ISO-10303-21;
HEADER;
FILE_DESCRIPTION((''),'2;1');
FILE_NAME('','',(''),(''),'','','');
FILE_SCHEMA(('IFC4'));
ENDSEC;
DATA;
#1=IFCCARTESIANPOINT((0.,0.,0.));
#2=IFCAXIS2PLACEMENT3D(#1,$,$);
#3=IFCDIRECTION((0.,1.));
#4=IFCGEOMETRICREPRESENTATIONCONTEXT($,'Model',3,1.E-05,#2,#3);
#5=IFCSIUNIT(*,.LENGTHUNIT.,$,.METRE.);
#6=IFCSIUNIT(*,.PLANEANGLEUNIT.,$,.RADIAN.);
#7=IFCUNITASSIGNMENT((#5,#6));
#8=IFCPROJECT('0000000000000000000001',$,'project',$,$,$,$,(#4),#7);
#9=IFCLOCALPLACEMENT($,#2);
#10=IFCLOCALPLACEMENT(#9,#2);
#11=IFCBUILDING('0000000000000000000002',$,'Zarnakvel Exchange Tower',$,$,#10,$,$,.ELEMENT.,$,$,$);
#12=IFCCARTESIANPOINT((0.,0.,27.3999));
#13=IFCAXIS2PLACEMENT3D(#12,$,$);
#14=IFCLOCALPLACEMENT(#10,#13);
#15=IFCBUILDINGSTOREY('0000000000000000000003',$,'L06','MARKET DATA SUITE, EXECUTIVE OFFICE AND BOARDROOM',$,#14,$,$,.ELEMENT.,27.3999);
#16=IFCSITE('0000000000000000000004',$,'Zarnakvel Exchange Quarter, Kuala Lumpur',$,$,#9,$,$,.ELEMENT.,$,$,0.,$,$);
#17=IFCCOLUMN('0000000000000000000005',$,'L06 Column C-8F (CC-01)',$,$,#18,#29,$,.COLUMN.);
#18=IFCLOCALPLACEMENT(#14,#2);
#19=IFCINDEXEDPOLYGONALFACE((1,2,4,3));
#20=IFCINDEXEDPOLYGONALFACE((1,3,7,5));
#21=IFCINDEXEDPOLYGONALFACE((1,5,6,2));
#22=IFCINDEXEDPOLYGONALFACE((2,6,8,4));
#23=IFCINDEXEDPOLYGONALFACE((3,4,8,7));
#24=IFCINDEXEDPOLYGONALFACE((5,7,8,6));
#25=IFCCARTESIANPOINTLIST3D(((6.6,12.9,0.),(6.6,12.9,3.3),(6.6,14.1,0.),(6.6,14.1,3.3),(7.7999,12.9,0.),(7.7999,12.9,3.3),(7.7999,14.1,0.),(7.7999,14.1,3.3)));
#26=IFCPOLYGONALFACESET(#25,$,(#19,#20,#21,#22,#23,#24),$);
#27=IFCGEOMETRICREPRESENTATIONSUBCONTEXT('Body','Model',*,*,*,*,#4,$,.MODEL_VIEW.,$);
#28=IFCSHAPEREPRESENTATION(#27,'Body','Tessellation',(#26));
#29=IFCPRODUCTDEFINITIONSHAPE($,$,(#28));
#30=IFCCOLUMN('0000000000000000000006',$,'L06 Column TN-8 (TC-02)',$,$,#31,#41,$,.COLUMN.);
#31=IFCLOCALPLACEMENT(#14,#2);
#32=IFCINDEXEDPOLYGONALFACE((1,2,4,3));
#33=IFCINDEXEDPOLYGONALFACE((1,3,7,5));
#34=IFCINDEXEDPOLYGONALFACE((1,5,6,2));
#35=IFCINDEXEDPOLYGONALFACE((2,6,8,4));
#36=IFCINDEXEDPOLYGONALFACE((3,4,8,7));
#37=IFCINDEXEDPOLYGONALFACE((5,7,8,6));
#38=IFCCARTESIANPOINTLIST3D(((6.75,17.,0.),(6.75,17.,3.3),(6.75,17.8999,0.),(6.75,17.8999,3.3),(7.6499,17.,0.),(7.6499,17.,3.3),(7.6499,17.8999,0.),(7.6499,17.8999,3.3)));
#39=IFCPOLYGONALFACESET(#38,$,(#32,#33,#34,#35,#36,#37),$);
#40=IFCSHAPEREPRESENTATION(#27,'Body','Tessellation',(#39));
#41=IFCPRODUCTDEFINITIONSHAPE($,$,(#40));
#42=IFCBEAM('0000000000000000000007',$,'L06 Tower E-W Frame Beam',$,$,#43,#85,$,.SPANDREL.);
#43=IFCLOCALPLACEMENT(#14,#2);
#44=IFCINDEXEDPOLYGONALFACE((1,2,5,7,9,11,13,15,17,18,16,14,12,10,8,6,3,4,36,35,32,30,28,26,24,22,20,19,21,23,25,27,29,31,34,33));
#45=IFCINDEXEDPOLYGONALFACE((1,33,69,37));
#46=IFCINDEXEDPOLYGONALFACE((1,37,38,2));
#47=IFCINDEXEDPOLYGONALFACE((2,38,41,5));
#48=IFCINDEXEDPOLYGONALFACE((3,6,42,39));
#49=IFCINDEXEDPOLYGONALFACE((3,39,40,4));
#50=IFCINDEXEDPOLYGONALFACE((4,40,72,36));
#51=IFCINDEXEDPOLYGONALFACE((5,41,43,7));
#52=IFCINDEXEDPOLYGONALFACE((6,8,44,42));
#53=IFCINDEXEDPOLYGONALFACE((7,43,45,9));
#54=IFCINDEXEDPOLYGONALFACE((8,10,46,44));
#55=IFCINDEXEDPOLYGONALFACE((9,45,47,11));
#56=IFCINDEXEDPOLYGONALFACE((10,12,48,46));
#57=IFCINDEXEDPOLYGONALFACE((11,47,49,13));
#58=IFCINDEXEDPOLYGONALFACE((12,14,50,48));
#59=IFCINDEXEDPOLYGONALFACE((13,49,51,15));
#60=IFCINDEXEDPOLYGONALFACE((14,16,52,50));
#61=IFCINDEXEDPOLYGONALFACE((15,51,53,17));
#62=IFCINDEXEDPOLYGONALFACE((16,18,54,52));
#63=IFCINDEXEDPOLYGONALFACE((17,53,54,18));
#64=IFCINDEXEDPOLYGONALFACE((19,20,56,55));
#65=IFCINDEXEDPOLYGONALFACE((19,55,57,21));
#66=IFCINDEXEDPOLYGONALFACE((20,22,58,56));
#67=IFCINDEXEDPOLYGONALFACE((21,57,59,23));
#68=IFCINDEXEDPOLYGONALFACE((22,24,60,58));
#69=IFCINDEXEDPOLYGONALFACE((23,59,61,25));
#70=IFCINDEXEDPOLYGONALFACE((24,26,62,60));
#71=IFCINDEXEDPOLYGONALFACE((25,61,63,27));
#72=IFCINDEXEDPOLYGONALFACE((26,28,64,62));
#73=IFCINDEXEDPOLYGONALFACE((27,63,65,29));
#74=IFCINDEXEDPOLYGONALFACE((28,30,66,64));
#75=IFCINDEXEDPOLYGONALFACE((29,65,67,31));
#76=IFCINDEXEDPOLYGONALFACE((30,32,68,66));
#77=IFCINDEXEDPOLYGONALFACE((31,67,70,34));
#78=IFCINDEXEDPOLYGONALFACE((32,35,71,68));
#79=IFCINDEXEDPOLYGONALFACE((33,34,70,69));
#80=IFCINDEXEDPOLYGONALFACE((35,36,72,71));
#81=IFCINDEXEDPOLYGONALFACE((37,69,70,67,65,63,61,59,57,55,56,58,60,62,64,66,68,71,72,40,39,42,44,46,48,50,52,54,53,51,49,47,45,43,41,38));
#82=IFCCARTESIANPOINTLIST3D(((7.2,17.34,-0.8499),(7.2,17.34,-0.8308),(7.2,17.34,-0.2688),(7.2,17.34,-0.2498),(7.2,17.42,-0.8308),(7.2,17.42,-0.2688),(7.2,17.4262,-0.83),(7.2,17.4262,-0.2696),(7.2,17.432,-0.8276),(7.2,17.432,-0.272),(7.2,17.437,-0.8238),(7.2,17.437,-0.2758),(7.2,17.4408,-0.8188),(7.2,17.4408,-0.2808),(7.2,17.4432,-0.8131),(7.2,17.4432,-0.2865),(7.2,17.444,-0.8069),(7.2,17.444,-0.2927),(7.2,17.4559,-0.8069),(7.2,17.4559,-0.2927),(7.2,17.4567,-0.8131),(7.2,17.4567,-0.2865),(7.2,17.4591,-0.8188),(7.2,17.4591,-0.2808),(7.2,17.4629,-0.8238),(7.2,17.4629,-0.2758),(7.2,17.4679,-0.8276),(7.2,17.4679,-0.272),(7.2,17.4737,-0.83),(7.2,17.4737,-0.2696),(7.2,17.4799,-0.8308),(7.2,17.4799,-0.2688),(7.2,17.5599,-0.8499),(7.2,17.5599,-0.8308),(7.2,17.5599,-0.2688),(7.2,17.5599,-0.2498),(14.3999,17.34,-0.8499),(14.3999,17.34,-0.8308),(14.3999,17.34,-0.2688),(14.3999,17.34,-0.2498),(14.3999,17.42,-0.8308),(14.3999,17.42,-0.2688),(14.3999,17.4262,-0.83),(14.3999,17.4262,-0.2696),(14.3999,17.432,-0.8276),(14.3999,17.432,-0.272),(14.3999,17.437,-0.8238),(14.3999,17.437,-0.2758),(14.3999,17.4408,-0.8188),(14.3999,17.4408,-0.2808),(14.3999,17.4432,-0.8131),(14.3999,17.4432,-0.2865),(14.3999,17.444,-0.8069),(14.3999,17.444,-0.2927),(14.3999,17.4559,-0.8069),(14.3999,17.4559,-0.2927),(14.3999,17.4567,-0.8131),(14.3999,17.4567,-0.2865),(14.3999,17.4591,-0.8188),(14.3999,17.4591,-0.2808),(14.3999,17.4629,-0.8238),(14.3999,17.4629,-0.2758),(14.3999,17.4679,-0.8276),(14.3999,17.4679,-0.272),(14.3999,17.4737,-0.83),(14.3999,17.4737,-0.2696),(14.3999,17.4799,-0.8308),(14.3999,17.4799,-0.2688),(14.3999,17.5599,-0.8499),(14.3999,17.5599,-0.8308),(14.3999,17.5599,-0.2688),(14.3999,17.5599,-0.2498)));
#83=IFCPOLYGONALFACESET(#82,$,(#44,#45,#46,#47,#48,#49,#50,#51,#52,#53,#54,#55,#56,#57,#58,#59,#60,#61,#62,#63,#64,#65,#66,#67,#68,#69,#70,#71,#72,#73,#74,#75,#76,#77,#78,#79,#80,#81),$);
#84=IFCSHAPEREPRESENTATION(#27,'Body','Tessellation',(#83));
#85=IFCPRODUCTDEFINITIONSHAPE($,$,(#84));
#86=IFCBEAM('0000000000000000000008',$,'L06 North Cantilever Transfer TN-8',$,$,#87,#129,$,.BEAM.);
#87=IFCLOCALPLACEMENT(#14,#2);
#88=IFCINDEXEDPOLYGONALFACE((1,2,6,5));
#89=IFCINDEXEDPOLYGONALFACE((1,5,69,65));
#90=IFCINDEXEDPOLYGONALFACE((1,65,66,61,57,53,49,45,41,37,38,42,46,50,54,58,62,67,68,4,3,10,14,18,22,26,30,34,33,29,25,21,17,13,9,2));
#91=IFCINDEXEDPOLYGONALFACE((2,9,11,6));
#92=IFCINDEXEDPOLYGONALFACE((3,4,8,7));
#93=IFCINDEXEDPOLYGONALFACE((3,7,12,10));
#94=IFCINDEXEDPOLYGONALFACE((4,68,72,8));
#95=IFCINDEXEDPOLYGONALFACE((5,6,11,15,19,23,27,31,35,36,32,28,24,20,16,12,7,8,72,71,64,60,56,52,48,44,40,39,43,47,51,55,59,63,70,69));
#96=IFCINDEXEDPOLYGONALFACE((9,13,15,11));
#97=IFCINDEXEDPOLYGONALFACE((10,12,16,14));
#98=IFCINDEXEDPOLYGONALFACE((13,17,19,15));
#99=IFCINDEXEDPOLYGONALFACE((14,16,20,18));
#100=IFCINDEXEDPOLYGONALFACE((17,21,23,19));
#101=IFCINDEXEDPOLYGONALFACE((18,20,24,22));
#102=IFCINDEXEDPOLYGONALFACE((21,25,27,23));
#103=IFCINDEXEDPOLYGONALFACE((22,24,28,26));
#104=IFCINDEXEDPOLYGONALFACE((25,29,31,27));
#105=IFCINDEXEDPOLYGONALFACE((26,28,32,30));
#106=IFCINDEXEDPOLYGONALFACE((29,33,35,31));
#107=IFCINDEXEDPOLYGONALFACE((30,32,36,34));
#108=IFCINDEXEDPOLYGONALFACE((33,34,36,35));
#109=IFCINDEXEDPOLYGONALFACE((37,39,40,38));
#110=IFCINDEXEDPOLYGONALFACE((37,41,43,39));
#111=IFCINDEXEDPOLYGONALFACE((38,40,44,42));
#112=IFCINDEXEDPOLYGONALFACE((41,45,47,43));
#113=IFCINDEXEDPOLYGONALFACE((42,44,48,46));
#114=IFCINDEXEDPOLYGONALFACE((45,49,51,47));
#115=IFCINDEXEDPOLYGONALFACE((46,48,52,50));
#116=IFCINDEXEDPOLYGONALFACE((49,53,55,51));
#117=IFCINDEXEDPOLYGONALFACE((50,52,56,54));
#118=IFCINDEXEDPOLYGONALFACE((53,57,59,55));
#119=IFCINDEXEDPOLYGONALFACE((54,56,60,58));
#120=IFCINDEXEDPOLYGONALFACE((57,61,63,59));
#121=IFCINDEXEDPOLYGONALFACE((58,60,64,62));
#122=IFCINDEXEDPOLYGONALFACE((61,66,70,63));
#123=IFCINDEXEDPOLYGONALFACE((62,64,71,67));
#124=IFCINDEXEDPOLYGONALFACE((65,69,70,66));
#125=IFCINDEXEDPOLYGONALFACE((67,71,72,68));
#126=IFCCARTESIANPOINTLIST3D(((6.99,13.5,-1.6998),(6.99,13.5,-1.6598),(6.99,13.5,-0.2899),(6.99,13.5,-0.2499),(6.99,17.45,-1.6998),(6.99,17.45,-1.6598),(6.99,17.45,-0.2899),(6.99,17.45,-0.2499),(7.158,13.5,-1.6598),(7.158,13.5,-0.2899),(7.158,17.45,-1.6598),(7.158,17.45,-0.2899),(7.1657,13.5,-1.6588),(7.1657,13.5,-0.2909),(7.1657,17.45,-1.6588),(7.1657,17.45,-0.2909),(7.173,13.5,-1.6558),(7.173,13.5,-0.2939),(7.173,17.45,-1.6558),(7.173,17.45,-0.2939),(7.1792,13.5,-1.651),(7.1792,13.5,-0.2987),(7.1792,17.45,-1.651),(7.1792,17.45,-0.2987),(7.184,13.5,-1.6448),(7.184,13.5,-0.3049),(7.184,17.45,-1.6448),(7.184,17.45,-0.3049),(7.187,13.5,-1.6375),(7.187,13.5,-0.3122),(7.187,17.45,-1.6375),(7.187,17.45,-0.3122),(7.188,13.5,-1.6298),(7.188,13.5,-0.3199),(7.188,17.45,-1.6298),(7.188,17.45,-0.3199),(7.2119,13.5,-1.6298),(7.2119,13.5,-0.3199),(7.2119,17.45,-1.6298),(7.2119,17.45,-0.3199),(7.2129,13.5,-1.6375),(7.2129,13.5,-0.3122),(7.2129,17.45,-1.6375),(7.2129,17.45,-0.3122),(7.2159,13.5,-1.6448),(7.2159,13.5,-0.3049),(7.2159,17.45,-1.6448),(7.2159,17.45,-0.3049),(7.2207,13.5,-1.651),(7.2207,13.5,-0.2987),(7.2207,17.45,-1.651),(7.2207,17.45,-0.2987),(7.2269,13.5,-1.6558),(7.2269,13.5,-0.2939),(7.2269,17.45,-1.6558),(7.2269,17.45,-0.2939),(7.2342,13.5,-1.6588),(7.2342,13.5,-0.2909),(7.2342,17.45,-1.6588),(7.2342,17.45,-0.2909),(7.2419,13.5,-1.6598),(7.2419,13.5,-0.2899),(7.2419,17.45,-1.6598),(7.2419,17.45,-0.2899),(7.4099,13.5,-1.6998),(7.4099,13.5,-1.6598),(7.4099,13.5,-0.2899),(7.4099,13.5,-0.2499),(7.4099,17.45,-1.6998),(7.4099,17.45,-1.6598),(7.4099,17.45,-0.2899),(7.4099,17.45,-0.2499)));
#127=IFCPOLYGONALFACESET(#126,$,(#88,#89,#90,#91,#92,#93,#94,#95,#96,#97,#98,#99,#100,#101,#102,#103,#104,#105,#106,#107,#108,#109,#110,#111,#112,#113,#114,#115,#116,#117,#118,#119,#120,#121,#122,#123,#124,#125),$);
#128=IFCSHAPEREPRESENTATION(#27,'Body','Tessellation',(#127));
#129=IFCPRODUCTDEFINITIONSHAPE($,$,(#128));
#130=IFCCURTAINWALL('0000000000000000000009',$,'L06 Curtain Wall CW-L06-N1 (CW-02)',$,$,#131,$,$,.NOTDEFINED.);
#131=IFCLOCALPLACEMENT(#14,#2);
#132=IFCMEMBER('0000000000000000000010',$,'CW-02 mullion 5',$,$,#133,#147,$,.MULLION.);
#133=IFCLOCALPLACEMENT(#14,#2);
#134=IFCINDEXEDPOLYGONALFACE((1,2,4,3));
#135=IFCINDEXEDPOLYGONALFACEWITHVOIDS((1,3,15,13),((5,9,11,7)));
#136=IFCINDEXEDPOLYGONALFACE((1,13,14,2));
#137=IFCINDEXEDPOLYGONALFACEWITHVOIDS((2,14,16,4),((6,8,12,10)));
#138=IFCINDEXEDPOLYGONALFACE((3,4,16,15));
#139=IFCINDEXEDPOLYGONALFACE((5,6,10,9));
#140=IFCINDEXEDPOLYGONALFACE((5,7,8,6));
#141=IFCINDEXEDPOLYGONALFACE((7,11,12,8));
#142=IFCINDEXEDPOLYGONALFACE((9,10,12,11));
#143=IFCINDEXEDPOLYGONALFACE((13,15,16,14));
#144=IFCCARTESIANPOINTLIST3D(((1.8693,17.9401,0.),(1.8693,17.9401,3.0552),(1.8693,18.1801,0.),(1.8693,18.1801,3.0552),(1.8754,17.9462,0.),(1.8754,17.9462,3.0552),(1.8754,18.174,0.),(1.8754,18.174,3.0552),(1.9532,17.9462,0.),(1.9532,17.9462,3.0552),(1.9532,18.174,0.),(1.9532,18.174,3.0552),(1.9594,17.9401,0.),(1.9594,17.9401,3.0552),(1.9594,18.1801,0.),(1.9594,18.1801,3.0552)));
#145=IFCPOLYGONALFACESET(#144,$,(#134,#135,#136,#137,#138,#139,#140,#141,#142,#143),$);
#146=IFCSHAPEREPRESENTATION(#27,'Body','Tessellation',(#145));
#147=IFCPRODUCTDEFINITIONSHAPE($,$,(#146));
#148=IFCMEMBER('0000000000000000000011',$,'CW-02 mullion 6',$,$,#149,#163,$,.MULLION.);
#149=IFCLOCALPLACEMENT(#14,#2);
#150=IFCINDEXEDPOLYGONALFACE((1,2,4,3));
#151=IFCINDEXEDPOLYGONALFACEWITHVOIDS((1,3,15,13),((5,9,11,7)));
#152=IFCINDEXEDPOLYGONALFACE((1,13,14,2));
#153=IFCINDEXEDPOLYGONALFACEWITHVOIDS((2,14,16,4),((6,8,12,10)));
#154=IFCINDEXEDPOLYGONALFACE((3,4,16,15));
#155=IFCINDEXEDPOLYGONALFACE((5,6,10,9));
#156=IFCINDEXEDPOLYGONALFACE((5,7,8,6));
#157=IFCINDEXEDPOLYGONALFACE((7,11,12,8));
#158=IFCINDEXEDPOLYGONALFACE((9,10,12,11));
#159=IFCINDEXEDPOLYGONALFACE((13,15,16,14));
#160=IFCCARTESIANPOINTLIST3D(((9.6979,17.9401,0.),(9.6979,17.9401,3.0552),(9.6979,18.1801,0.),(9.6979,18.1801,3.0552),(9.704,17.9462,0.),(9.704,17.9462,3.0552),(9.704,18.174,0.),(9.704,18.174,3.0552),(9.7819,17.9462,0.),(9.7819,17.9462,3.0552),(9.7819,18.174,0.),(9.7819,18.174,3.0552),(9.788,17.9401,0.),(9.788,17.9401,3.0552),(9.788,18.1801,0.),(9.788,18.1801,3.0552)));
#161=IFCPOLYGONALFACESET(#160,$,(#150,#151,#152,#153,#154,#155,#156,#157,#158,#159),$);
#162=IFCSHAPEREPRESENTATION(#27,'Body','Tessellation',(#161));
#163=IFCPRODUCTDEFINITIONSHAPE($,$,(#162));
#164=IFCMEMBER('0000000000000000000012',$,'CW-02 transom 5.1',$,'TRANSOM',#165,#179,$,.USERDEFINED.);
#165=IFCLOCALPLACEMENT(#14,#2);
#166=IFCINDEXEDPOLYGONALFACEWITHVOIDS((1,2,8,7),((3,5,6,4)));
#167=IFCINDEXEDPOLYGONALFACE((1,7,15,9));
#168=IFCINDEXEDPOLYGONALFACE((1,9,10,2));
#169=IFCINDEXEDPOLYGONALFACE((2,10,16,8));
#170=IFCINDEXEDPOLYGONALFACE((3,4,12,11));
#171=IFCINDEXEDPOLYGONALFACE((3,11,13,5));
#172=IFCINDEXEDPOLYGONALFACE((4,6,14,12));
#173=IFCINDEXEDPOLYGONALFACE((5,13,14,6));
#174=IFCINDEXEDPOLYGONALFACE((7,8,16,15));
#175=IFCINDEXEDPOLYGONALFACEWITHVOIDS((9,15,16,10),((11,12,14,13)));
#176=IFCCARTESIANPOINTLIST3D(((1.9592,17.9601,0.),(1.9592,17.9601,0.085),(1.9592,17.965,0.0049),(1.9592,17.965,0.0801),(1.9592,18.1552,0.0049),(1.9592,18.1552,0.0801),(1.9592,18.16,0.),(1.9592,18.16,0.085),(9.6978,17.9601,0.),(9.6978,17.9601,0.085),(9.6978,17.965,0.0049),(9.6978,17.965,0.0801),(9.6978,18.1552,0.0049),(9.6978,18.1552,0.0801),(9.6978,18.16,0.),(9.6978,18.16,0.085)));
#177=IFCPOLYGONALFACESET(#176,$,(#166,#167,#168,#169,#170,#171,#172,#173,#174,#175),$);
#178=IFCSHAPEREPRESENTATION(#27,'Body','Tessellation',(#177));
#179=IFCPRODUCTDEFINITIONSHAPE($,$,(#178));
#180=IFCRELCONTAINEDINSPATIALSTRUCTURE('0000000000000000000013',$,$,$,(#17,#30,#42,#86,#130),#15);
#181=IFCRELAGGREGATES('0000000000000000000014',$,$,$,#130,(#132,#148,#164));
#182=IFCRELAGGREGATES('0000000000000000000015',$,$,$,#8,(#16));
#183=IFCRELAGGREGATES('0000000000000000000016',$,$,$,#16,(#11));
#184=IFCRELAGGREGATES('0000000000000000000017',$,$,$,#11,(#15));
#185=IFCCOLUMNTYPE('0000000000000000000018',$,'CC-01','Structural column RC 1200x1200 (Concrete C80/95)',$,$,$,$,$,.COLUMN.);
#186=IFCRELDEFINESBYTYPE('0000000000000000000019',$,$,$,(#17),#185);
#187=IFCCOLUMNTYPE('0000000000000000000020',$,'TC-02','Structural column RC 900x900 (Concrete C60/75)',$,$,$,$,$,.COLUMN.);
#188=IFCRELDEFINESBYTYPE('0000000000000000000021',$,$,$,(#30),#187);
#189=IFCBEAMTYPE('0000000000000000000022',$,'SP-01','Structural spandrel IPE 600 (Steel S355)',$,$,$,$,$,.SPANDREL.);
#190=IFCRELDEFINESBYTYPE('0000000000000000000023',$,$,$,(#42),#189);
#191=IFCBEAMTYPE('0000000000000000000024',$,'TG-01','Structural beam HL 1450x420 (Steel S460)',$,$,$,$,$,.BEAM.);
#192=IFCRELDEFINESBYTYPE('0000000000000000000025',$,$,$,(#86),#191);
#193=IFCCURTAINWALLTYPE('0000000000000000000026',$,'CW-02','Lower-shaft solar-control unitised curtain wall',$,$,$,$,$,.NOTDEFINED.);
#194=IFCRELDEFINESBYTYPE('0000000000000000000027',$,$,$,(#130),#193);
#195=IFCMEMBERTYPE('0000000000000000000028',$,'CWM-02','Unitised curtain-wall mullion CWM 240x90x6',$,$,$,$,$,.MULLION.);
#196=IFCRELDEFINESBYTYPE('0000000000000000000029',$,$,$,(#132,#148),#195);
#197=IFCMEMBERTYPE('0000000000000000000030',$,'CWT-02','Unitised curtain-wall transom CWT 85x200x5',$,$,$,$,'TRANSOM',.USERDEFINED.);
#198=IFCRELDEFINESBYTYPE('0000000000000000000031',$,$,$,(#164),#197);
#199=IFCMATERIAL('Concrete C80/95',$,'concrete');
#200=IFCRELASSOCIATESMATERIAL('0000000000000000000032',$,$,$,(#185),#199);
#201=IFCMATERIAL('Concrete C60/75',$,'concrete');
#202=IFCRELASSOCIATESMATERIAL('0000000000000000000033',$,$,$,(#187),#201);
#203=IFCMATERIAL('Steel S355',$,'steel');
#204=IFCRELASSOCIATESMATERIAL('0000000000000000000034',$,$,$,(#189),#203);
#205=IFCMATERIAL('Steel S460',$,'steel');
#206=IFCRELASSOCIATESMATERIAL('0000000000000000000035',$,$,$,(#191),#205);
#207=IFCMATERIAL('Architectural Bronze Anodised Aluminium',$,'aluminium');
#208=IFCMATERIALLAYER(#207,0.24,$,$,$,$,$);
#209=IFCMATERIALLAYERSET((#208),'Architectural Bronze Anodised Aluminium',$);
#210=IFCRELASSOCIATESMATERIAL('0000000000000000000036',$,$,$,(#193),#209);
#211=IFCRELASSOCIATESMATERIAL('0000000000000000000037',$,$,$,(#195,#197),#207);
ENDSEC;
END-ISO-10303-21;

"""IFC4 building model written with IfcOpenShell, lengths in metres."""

from ifc_helpers import new_model, si_unit, direction, frame, origin, origin_2d, place, context, subcontext, project, spatial, rectangle, hollow_rectangle, i_section, extrude, source, transform, mapped, material, layer, layer_set, material_profile, profile_set, type_object, element, aggregate, save


model = new_model("IFC4")

# Units and contexts
model_context = context("Model", 3, precision=1e-05, world=origin(), true_north=direction((0.0, 1.0)))
body_context = subcontext(model_context, "Body", "Model", "MODEL_VIEW")
ifc_project = project(units=[si_unit("LENGTHUNIT", "METRE"), si_unit("PLANEANGLEUNIT", "RADIAN")], contexts=[model_context])

# Site, building, storey
site_placement = place(None, origin())
site = spatial("IfcSite", under=ifc_project, at=site_placement, Name="Zarnakvel Exchange Quarter, Kuala Lumpur", CompositionType="ELEMENT", RefElevation=0.0)
building_placement = place(site_placement, origin())
building = spatial("IfcBuilding", under=site, at=building_placement, Name="Zarnakvel Exchange Tower", CompositionType="ELEMENT")
storey_placement = place(building_placement, frame((0.0, 0.0, 27.3999)))
storey = spatial("IfcBuildingStorey", under=building, at=storey_placement, Name="L06", Description="MARKET DATA SUITE, EXECUTIVE OFFICE AND BOARDROOM", CompositionType="ELEMENT", Elevation=27.3999)

# Columns
ifc_material_1 = material(Name="Concrete C80/95", Category="concrete")
ifc_material_profile_1 = material_profile(ifc_material_1, rectangle(XDim=1.2, YDim=1.2, at=origin_2d()))
ifc_profile_set_1 = profile_set([ifc_material_profile_1], Name="Concrete C80/95")
column_type_1 = type_object("IfcColumnType", Name="CC-01", Description="Structural column RC 1200x1200 (Concrete C80/95)", PredefinedType="COLUMN", material=ifc_profile_set_1)
column_1_placement = place(storey_placement, frame((7.2, 13.5, 0.0), z_axis=(0.0, 0.0, 1.0), x_axis=(1.0, 0.0, 0.0)))
element("IfcColumn", 1, at=column_1_placement, inside=storey, type_object=column_type_1, Name="L06 Column C-8F (CC-01)", PredefinedType="COLUMN", context=body_context, shape_type="SweptSolid", body=[
    extrude(rectangle(XDim=1.2, YDim=1.2, at=origin_2d()), origin(), (0.0, 0.0, 1.0), 3.3),
])
ifc_material_2 = material(Name="Concrete C60/75", Category="concrete")
ifc_material_profile_2 = material_profile(ifc_material_2, rectangle(XDim=0.8999, YDim=0.8999, at=origin_2d()))
ifc_profile_set_2 = profile_set([ifc_material_profile_2], Name="Concrete C60/75")
column_type_2 = type_object("IfcColumnType", Name="TC-02", Description="Structural column RC 900x900 (Concrete C60/75)", PredefinedType="COLUMN", material=ifc_profile_set_2)
column_2_placement = place(storey_placement, frame((7.2, 17.45, 0.0), z_axis=(0.0, 0.0, 1.0), x_axis=(1.0, 0.0, 0.0)))
element("IfcColumn", 2, at=column_2_placement, inside=storey, type_object=column_type_2, Name="L06 Column TN-8 (TC-02)", PredefinedType="COLUMN", context=body_context, shape_type="SweptSolid", body=[
    extrude(rectangle(XDim=0.8999, YDim=0.8999, at=origin_2d()), origin(), (0.0, 0.0, 1.0), 3.3),
])

# Beams
ifc_material_3 = material(Name="Steel S355", Category="steel")
ifc_material_profile_3 = material_profile(ifc_material_3, i_section(OverallWidth=0.22, OverallDepth=0.6001, WebThickness=0.012, FlangeThickness=0.019, FilletRadius=0.0239, at=origin_2d()))
ifc_profile_set_3 = profile_set([ifc_material_profile_3], Name="Steel S355")
beam_type_1 = type_object("IfcBeamType", Name="SP-01", Description="Structural spandrel IPE 600 (Steel S355)", PredefinedType="SPANDREL", material=ifc_profile_set_3)
beam_1_placement = place(storey_placement, frame((7.2, 17.45, -0.5498), z_axis=(1.0, 0.0, 0.0), x_axis=(0.0, 1.0, 0.0)))
element("IfcBeam", 3, at=beam_1_placement, inside=storey, type_object=beam_type_1, Name="L06 Tower E-W Frame Beam", PredefinedType="SPANDREL", context=body_context, shape_type="SweptSolid", body=[
    extrude(i_section(OverallWidth=0.22, OverallDepth=0.6001, WebThickness=0.012, FlangeThickness=0.019, FilletRadius=0.0239, at=origin_2d()), origin(), (0.0, 0.0, 1.0), 7.2),
])
ifc_material_4 = material(Name="Steel S460", Category="steel")
ifc_material_profile_4 = material_profile(ifc_material_4, i_section(OverallWidth=0.4199, OverallDepth=1.45, WebThickness=0.0239, FlangeThickness=0.04, FilletRadius=0.03, at=origin_2d()))
ifc_profile_set_4 = profile_set([ifc_material_profile_4], Name="Steel S460")
beam_type_2 = type_object("IfcBeamType", Name="TG-01", Description="Structural beam HL 1450x420 (Steel S460)", PredefinedType="BEAM", material=ifc_profile_set_4)
beam_2_placement = place(storey_placement, frame((7.2, 13.5, -0.9749), z_axis=(0.0, 1.0, 0.0), x_axis=(-1.0, 0.0, 0.0)))
element("IfcBeam", 4, at=beam_2_placement, inside=storey, type_object=beam_type_2, Name="L06 North Cantilever Transfer TN-8", PredefinedType="BEAM", context=body_context, shape_type="SweptSolid", body=[
    extrude(i_section(OverallWidth=0.4199, OverallDepth=1.45, WebThickness=0.0239, FlangeThickness=0.04, FilletRadius=0.03, at=origin_2d()), origin(), (0.0, 0.0, 1.0), 3.95),
])

# Curtain wall, members
ifc_material_5 = material(Name="Architectural Bronze Anodised Aluminium", Category="aluminium")
ifc_layer_1 = layer(ifc_material_5, 0.24)
ifc_layer_set_1 = layer_set([ifc_layer_1], Name="Architectural Bronze Anodised Aluminium")
curtain_wall_type = type_object("IfcCurtainWallType", Name="CW-02", Description="Lower-shaft solar-control unitised curtain wall", PredefinedType="NOTDEFINED", material=ifc_layer_set_1)
curtain_wall_placement = place(storey_placement, origin())
curtain_wall = element("IfcCurtainWall", 5, at=curtain_wall_placement, inside=storey, type_object=curtain_wall_type, Name="L06 Curtain Wall CW-L06-N1 (CW-02)", PredefinedType="NOTDEFINED")
ifc_material_profile_5 = material_profile(ifc_material_5, hollow_rectangle(XDim=0.24, YDim=0.0901, WallThickness=0.0061, at=origin_2d()))
ifc_profile_set_5 = profile_set([ifc_material_profile_5], Name="Architectural Bronze Anodised Aluminium")
member_type_1 = type_object("IfcMemberType", Name="CWM-02", Description="Unitised curtain-wall mullion CWM 240x90x6", PredefinedType="MULLION", material=ifc_profile_set_5)
shared_shape_1 = source(origin(), body_context, "Body", "SweptSolid", [
    extrude(hollow_rectangle(XDim=0.24, YDim=0.0901, WallThickness=0.0061, at=origin_2d()), origin(), (0.0, 0.0, 1.0), 3.0552),
])
member_1_placement = place(storey_placement, frame((1.9143, 18.0601, 0.0), z_axis=(0.0, 0.0, 1.0), x_axis=(0.0, 1.0, 0.0)))
member_1 = element("IfcMember", 6, at=member_1_placement, type_object=member_type_1, Name="CW-02 mullion 5", PredefinedType="MULLION", context=body_context, shape_type="MappedRepresentation", body=[
    mapped(shared_shape_1, transform((0.0, 0.0, 0.0), x_axis=(1.0, 0.0, 0.0), y_axis=(0.0, 1.0, 0.0), z_axis=(0.0, 0.0, 1.0), scale=1.0)),
])
member_2_placement = place(storey_placement, frame((9.7429, 18.0601, 0.0), z_axis=(0.0, 0.0, 1.0), x_axis=(0.0, 1.0, 0.0)))
member_2 = element("IfcMember", 7, at=member_2_placement, type_object=member_type_1, Name="CW-02 mullion 6", PredefinedType="MULLION", context=body_context, shape_type="MappedRepresentation", body=[
    mapped(shared_shape_1, transform((0.0, 0.0, 0.0), x_axis=(1.0, 0.0, 0.0), y_axis=(0.0, 1.0, 0.0), z_axis=(0.0, 0.0, 1.0), scale=1.0)),
])
ifc_material_profile_6 = material_profile(ifc_material_5, hollow_rectangle(XDim=0.2, YDim=0.085, WallThickness=0.0049, at=origin_2d()))
ifc_profile_set_6 = profile_set([ifc_material_profile_6], Name="Architectural Bronze Anodised Aluminium")
member_type_2 = type_object("IfcMemberType", Name="CWT-02", Description="Unitised curtain-wall transom CWT 85x200x5", ElementType="TRANSOM", PredefinedType="USERDEFINED", material=ifc_profile_set_6)
shared_shape_2 = source(origin(), body_context, "Body", "SweptSolid", [
    extrude(hollow_rectangle(XDim=0.2, YDim=0.085, WallThickness=0.0049, at=origin_2d()), origin(), (0.0, 0.0, 1.0), 7.7385),
])
member_3_placement = place(storey_placement, frame((1.9592, 18.0601, 0.0425), z_axis=(1.0, 0.0, 0.0), x_axis=(0.0, 1.0, 0.0)))
member_3 = element("IfcMember", 8, at=member_3_placement, type_object=member_type_2, Name="CW-02 transom 5.1", ObjectType="TRANSOM", PredefinedType="USERDEFINED", context=body_context, shape_type="MappedRepresentation", body=[
    mapped(shared_shape_2, transform((0.0, 0.0, 0.0), x_axis=(1.0, 0.0, 0.0), y_axis=(0.0, 1.0, 0.0), z_axis=(0.0, 0.0, 1.0), scale=1.0)),
])
aggregate(curtain_wall, [member_1, member_2, member_3])

save(model, "model.ifc")
